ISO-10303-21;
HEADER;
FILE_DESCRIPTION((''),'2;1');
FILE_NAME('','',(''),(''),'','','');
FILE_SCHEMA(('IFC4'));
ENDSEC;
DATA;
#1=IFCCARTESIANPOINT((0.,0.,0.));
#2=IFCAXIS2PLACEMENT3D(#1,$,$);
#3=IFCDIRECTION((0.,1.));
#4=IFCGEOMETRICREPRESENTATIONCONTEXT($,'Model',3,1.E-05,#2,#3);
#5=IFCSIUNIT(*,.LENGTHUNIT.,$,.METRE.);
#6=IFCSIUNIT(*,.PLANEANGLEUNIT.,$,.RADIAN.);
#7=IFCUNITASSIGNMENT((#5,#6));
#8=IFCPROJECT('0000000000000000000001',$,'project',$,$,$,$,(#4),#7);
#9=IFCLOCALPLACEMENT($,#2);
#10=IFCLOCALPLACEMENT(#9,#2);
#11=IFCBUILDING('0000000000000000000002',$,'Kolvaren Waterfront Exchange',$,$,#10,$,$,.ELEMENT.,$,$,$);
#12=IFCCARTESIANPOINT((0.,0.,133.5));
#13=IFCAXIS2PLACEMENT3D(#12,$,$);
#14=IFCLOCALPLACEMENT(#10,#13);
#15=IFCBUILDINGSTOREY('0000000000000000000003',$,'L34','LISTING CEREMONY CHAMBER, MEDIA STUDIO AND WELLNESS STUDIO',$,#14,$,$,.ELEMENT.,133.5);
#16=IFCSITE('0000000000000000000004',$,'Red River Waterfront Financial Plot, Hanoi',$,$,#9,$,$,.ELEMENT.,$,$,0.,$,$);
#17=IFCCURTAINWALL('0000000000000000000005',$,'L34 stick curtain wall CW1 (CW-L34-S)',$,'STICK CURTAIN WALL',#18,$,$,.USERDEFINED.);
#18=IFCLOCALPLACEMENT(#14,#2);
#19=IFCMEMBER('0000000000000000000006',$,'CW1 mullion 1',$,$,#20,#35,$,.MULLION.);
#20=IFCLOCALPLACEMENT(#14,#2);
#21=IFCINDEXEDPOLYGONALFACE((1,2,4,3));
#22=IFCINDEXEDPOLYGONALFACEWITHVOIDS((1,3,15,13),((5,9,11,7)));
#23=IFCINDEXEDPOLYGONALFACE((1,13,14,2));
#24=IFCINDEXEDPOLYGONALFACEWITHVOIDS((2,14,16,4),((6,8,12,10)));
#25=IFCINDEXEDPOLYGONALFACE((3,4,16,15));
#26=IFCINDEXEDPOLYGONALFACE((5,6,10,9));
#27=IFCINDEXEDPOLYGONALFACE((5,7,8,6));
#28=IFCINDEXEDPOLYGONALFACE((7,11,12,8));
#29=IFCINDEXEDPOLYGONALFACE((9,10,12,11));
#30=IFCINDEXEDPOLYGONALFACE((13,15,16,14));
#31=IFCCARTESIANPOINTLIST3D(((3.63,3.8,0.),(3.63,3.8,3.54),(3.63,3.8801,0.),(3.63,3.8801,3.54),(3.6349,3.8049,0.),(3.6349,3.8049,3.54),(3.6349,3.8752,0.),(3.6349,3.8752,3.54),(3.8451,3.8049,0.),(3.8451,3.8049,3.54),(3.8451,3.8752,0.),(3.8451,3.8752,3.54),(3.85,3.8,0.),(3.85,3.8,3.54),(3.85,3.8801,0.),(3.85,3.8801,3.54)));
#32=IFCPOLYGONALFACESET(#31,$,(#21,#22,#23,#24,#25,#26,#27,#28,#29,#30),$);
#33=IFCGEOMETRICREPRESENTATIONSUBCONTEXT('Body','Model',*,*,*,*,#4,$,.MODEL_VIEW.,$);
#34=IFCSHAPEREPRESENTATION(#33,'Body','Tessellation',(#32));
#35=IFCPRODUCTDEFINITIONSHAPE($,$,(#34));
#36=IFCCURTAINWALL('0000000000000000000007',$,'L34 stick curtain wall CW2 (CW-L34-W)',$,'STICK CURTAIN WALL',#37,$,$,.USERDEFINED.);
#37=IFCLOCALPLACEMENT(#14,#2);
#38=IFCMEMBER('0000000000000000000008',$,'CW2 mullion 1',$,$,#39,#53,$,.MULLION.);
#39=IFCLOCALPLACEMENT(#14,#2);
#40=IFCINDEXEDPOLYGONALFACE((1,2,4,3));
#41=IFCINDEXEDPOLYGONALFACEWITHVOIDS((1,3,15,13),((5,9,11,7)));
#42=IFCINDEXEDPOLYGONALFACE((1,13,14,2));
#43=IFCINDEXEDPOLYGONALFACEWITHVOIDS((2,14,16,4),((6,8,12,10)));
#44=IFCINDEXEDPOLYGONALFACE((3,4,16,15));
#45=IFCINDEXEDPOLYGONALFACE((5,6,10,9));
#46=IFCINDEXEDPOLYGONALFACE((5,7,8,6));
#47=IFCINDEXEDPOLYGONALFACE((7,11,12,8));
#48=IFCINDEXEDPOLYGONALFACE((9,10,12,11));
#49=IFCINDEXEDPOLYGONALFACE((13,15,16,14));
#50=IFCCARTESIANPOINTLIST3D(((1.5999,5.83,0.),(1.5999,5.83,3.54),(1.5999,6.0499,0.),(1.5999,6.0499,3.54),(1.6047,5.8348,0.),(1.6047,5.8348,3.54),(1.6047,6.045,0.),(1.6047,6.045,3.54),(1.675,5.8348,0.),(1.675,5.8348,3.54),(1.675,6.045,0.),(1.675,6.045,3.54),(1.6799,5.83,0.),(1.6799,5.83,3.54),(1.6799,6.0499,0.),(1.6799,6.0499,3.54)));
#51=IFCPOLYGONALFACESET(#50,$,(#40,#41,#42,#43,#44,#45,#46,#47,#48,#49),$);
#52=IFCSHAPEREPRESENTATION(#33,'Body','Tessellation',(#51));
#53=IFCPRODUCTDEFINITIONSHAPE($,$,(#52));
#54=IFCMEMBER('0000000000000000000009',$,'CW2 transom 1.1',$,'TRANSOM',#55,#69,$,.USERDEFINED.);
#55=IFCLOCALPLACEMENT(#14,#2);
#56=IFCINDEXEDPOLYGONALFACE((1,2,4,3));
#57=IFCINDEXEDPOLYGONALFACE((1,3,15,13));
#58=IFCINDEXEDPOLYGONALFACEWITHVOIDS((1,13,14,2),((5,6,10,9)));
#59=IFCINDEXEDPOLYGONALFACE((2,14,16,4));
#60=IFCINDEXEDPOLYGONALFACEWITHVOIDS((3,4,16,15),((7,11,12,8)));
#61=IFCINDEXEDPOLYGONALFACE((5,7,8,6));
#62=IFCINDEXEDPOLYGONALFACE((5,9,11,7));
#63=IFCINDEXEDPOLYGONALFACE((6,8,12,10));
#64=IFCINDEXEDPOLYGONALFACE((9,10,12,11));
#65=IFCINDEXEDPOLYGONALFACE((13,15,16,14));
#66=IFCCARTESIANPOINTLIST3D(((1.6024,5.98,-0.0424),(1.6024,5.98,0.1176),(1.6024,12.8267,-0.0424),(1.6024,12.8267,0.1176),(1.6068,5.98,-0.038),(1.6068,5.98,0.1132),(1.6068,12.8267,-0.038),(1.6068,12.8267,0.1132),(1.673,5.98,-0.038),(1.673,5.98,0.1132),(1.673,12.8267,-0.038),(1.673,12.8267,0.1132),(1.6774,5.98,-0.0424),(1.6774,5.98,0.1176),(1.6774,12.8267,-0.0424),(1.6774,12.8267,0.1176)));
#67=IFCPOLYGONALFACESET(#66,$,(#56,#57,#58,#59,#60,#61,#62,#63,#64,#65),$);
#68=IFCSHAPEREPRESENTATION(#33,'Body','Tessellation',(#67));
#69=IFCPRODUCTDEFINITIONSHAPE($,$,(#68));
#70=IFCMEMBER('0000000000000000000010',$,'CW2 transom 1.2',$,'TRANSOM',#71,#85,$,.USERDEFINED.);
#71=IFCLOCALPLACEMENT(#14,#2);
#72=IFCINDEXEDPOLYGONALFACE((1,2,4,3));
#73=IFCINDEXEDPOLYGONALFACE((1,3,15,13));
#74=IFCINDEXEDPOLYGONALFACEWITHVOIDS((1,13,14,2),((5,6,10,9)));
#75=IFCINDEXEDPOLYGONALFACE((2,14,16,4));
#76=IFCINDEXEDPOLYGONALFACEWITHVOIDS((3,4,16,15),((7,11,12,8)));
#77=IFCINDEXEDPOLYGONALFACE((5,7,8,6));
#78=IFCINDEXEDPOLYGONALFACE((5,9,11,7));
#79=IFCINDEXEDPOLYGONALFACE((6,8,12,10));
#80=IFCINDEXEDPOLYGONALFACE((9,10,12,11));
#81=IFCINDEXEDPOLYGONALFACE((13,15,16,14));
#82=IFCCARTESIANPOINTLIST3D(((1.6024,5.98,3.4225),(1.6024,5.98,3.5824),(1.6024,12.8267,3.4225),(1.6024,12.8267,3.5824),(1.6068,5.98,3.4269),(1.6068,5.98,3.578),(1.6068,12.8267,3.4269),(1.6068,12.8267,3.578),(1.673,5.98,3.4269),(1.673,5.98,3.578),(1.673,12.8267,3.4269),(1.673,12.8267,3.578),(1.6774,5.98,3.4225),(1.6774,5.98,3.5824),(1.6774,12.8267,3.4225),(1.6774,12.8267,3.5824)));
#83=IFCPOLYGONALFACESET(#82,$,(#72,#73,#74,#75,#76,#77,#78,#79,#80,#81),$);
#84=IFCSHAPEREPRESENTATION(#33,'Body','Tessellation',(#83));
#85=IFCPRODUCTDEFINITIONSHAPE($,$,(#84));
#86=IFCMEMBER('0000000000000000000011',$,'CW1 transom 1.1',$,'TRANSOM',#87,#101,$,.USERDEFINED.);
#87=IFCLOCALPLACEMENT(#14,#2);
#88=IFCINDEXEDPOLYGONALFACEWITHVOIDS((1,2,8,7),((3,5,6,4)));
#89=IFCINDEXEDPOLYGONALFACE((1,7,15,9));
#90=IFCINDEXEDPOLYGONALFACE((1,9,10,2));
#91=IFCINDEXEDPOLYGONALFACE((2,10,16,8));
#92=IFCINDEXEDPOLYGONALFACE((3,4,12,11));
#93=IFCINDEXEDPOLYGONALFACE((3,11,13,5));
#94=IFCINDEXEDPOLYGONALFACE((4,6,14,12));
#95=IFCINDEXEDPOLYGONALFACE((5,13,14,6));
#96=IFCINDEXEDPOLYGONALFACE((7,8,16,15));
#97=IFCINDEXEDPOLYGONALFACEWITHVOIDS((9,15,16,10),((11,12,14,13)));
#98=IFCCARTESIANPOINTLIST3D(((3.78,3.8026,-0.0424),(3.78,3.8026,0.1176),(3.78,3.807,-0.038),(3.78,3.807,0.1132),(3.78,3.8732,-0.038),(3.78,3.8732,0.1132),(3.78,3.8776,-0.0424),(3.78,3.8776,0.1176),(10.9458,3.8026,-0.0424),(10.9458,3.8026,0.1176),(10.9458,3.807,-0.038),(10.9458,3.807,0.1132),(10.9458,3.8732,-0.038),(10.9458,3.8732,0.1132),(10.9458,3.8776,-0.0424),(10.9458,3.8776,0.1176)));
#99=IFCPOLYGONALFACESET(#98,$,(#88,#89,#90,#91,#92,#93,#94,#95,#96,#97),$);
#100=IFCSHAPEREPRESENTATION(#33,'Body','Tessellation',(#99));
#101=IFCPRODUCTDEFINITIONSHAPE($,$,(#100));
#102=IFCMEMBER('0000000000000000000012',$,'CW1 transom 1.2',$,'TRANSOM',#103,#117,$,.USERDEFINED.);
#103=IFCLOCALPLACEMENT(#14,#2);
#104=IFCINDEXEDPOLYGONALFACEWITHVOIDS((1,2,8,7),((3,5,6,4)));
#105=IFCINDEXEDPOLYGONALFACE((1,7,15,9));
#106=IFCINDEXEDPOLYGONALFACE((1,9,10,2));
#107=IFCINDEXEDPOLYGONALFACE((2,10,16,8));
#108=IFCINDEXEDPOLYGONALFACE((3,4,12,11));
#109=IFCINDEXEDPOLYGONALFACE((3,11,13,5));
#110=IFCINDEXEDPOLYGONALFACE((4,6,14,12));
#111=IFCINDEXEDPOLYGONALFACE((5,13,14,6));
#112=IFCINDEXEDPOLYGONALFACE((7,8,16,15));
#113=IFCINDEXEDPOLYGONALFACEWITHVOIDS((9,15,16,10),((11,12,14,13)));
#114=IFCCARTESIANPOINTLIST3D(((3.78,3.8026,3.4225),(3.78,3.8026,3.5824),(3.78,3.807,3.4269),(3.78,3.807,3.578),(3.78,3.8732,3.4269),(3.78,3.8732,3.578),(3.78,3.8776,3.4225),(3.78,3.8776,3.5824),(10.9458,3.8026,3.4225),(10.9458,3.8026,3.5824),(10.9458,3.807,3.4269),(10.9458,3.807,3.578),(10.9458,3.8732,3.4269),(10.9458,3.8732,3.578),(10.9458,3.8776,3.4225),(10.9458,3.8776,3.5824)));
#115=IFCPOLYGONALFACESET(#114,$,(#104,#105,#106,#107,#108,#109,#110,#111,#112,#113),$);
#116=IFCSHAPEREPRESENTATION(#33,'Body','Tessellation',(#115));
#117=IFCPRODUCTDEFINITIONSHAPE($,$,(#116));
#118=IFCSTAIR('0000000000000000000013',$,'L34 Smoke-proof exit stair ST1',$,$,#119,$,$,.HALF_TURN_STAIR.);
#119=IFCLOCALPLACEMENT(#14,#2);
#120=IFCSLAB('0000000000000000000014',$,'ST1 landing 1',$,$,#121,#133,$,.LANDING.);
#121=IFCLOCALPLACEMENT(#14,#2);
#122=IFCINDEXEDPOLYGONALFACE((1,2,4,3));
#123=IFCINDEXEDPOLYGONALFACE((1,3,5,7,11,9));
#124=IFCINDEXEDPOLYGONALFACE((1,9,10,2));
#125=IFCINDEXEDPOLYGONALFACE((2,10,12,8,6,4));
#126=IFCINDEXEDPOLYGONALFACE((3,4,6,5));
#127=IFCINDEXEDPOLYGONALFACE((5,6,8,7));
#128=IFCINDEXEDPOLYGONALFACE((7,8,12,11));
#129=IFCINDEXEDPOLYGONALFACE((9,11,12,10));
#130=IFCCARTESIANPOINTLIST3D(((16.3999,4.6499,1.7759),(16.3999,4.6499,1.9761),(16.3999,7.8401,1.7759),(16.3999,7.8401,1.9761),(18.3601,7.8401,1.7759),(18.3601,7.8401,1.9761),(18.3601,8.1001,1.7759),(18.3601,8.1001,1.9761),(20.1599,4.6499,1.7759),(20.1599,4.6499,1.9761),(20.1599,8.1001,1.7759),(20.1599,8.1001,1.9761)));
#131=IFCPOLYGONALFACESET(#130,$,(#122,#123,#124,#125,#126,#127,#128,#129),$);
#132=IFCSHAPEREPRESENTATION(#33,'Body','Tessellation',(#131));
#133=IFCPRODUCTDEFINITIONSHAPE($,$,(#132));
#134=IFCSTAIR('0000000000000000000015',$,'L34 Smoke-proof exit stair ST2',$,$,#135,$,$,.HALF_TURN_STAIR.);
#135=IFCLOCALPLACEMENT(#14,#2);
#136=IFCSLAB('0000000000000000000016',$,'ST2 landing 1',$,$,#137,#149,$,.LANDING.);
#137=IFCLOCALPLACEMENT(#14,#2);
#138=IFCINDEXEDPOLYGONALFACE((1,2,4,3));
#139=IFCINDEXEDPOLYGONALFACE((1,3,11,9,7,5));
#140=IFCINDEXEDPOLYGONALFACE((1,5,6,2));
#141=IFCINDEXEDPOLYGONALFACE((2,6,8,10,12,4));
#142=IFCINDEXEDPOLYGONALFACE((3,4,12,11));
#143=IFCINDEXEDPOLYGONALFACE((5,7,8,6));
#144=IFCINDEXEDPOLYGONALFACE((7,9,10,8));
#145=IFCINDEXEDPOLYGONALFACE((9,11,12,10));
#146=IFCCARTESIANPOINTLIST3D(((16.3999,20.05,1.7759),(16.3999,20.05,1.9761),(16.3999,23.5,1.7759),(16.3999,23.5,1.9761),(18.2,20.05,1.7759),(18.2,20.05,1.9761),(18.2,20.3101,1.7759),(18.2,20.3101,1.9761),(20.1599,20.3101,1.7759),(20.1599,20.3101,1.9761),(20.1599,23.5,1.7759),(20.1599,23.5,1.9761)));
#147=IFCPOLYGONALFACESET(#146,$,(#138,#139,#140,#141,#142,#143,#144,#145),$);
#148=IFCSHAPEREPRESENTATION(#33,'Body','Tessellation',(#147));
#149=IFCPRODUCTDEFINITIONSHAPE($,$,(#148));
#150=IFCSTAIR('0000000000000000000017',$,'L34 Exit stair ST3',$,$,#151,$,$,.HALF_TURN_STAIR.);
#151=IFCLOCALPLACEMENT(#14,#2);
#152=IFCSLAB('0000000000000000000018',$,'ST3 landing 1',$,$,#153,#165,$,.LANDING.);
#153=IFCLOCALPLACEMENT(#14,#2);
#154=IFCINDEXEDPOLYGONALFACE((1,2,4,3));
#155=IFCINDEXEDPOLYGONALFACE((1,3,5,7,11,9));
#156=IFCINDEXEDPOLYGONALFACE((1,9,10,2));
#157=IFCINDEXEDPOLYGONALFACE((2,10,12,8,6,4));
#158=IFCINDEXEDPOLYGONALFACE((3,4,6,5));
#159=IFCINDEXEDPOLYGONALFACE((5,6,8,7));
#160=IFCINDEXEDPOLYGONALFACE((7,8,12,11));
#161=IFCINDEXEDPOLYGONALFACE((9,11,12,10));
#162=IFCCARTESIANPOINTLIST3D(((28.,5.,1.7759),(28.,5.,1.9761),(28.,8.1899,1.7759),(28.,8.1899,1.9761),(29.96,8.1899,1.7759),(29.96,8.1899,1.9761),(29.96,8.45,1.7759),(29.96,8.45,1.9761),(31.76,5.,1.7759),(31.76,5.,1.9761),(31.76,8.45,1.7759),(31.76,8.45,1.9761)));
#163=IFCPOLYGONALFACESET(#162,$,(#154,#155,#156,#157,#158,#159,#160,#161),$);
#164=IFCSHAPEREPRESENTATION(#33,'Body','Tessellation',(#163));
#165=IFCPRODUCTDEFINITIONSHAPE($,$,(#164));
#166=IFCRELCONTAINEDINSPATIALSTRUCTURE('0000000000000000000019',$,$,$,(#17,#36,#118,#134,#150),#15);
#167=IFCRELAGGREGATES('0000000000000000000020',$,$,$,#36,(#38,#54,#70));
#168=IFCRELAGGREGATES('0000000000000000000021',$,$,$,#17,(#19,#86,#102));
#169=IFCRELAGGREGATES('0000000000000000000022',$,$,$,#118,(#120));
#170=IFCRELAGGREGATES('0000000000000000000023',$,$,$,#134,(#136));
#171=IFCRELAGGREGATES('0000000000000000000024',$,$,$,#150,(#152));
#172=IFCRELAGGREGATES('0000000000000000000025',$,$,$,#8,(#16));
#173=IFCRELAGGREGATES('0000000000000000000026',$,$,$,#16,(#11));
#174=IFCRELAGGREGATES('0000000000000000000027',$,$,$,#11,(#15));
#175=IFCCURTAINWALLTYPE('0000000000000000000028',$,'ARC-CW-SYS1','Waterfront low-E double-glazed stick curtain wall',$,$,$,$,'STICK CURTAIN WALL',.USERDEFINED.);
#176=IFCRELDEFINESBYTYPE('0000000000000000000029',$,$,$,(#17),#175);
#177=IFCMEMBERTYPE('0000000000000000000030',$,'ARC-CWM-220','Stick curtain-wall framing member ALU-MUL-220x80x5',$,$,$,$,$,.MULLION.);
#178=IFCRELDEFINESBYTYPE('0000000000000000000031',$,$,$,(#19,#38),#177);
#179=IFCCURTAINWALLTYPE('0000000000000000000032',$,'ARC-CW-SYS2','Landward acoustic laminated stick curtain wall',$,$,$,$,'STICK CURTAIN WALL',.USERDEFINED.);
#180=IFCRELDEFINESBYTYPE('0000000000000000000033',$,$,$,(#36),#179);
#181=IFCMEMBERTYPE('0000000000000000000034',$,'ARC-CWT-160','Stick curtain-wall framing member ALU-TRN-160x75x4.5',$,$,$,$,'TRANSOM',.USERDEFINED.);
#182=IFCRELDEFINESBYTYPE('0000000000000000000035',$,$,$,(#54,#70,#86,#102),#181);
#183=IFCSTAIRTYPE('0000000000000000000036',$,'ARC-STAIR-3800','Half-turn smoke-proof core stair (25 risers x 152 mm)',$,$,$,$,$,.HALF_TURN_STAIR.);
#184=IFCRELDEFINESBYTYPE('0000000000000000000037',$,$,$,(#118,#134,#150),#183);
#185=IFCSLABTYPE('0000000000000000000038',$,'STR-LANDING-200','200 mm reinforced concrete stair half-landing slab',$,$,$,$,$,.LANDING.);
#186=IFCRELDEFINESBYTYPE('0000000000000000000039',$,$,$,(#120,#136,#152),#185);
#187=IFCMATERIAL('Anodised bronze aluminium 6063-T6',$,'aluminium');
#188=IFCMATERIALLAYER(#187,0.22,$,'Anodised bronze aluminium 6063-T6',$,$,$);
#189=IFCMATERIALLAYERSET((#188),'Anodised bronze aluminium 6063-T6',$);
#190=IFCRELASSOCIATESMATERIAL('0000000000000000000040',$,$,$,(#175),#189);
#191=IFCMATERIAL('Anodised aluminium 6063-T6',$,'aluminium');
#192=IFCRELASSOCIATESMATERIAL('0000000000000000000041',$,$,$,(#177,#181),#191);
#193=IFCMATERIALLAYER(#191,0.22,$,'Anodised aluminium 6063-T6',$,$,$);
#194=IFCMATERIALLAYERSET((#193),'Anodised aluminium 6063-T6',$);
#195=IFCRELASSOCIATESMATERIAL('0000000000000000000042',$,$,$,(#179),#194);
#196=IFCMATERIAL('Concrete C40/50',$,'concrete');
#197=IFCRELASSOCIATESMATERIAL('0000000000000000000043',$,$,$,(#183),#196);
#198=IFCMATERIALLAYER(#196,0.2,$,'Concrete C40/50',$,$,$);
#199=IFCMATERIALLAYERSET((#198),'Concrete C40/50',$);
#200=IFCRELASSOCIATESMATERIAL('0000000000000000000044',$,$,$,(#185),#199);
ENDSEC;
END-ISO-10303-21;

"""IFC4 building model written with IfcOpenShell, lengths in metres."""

from ifc_helpers import new_model, si_unit, direction, frame, origin, origin_with_axes, origin_2d, place, context, subcontext, project, spatial, polyline, hollow_rectangle, outline, extrude, source, transform, mapped, material, layer, layer_set, material_profile, profile_set, type_object, element, aggregate, save


model = new_model("IFC4")

# Units and contexts
model_context = context("Model", 3, precision=1e-05, world=origin(), true_north=direction((0.0, 1.0)))
body_context = subcontext(model_context, "Body", "Model", "MODEL_VIEW")
ifc_project = project(units=[si_unit("LENGTHUNIT", "METRE"), si_unit("PLANEANGLEUNIT", "RADIAN")], contexts=[model_context])

# Site, building, storey
site_placement = place(None, origin())
site = spatial("IfcSite", under=ifc_project, at=site_placement, Name="Red River Waterfront Financial Plot, Hanoi", CompositionType="ELEMENT", RefElevation=0.0)
building_placement = place(site_placement, origin())
building = spatial("IfcBuilding", under=site, at=building_placement, Name="Kolvaren Waterfront Exchange", CompositionType="ELEMENT")
storey_placement = place(building_placement, frame((0.0, 0.0, 133.5)))
storey = spatial("IfcBuildingStorey", under=building, at=storey_placement, Name="L34", Description="LISTING CEREMONY CHAMBER, MEDIA STUDIO AND WELLNESS STUDIO", CompositionType="ELEMENT", Elevation=133.5)

# Curtain wall, member
ifc_material_1 = material(Name="Anodised bronze aluminium 6063-T6", Category="aluminium")
ifc_layer_1 = layer(ifc_material_1, 0.22, Name="Anodised bronze aluminium 6063-T6")
ifc_layer_set_1 = layer_set([ifc_layer_1], Name="Anodised bronze aluminium 6063-T6")
curtain_wall_type_1 = type_object("IfcCurtainWallType", Name="ARC-CW-SYS1", Description="Waterfront low-E double-glazed stick curtain wall", ElementType="STICK CURTAIN WALL", PredefinedType="USERDEFINED", material=ifc_layer_set_1)
curtain_wall_1_placement = place(storey_placement, origin())
curtain_wall_1 = element("IfcCurtainWall", 1, at=curtain_wall_1_placement, inside=storey, type_object=curtain_wall_type_1, Name="L34 stick curtain wall CW1 (CW-L34-S)", ObjectType="STICK CURTAIN WALL", PredefinedType="USERDEFINED")
ifc_material_2 = material(Name="Anodised aluminium 6063-T6", Category="aluminium")
ifc_material_profile_1 = material_profile(ifc_material_2, hollow_rectangle(XDim=0.0801, YDim=0.22, WallThickness=0.0049, at=origin_2d()), Name="ALU-MUL-220x80x5")
ifc_profile_set_1 = profile_set([ifc_material_profile_1], Name="Anodised aluminium 6063-T6")
member_type_1 = type_object("IfcMemberType", Name="ARC-CWM-220", Description="Stick curtain-wall framing member ALU-MUL-220x80x5", PredefinedType="MULLION", material=ifc_profile_set_1)
shared_shape_1 = source(origin_with_axes(), body_context, "Body", "SweptSolid", [
    extrude(hollow_rectangle(XDim=0.0801, YDim=0.22, WallThickness=0.0049, at=origin_2d()), origin(), (0.0, 0.0, 1.0), 3.54),
])
member_1_placement = place(storey_placement, frame((3.74, 3.8401, 0.0), z_axis=(0.0, 0.0, 1.0), x_axis=(0.0, 1.0, 0.0)))
member_1 = element("IfcMember", 2, at=member_1_placement, type_object=member_type_1, Name="CW1 mullion 1", PredefinedType="MULLION", context=body_context, shape_type="MappedRepresentation", body=[
    mapped(shared_shape_1, transform((0.0, 0.0, 0.0), x_axis=(1.0, 0.0, 0.0), y_axis=(0.0, 1.0, 0.0), z_axis=(0.0, 0.0, 1.0), scale=1.0)),
])

# Curtain wall, members
ifc_layer_2 = layer(ifc_material_2, 0.22, Name="Anodised aluminium 6063-T6")
ifc_layer_set_2 = layer_set([ifc_layer_2], Name="Anodised aluminium 6063-T6")
curtain_wall_type_2 = type_object("IfcCurtainWallType", Name="ARC-CW-SYS2", Description="Landward acoustic laminated stick curtain wall", ElementType="STICK CURTAIN WALL", PredefinedType="USERDEFINED", material=ifc_layer_set_2)
curtain_wall_2_placement = place(storey_placement, origin())
curtain_wall_2 = element("IfcCurtainWall", 3, at=curtain_wall_2_placement, inside=storey, type_object=curtain_wall_type_2, Name="L34 stick curtain wall CW2 (CW-L34-W)", ObjectType="STICK CURTAIN WALL", PredefinedType="USERDEFINED")
member_2_placement = place(storey_placement, frame((1.6399, 5.9399, 0.0), z_axis=(0.0, 0.0, 1.0), x_axis=(-1.0, 0.0, 0.0)))
member_2 = element("IfcMember", 4, at=member_2_placement, type_object=member_type_1, Name="CW2 mullion 1", PredefinedType="MULLION", context=body_context, shape_type="MappedRepresentation", body=[
    mapped(shared_shape_1, transform((0.0, 0.0, 0.0), x_axis=(1.0, 0.0, 0.0), y_axis=(0.0, 1.0, 0.0), z_axis=(0.0, 0.0, 1.0), scale=1.0)),
])
ifc_material_profile_2 = material_profile(ifc_material_2, hollow_rectangle(XDim=0.075, YDim=0.1599, WallThickness=0.0044, at=origin_2d()), Name="ALU-TRN-160x75x4.5")
ifc_profile_set_2 = profile_set([ifc_material_profile_2], Name="Anodised aluminium 6063-T6")
member_type_2 = type_object("IfcMemberType", Name="ARC-CWT-160", Description="Stick curtain-wall framing member ALU-TRN-160x75x4.5", ElementType="TRANSOM", PredefinedType="USERDEFINED", material=ifc_profile_set_2)
shared_shape_2 = source(origin_with_axes(), body_context, "Body", "SweptSolid", [
    extrude(hollow_rectangle(XDim=0.075, YDim=0.1599, WallThickness=0.0044, at=origin_2d()), origin(), (0.0, 0.0, 1.0), 6.8467),
])
member_3_placement = place(storey_placement, frame((1.6399, 5.98, 0.0376), z_axis=(0.0, 1.0, 0.0), x_axis=(-1.0, 0.0, 0.0)))
member_3 = element("IfcMember", 5, at=member_3_placement, type_object=member_type_2, Name="CW2 transom 1.1", ObjectType="TRANSOM", PredefinedType="USERDEFINED", context=body_context, shape_type="MappedRepresentation", body=[
    mapped(shared_shape_2, transform((0.0, 0.0, 0.0), x_axis=(1.0, 0.0, 0.0), y_axis=(0.0, 1.0, 0.0), z_axis=(0.0, 0.0, 1.0), scale=1.0)),
])
member_4_placement = place(storey_placement, frame((1.6399, 5.98, 3.5024), z_axis=(0.0, 1.0, 0.0), x_axis=(-1.0, 0.0, 0.0)))
member_4 = element("IfcMember", 6, at=member_4_placement, type_object=member_type_2, Name="CW2 transom 1.2", ObjectType="TRANSOM", PredefinedType="USERDEFINED", context=body_context, shape_type="MappedRepresentation", body=[
    mapped(shared_shape_2, transform((0.0, 0.0, 0.0), x_axis=(1.0, 0.0, 0.0), y_axis=(0.0, 1.0, 0.0), z_axis=(0.0, 0.0, 1.0), scale=1.0)),
])
aggregate(curtain_wall_2, [member_2, member_3, member_4])

# Members
shared_shape_3 = source(origin_with_axes(), body_context, "Body", "SweptSolid", [
    extrude(hollow_rectangle(XDim=0.075, YDim=0.1599, WallThickness=0.0044, at=origin_2d()), origin(), (0.0, 0.0, 1.0), 7.1658),
])
member_5_placement = place(storey_placement, frame((3.78, 3.8401, 0.0376), z_axis=(1.0, 0.0, 0.0), x_axis=(0.0, 1.0, 0.0)))
member_5 = element("IfcMember", 7, at=member_5_placement, type_object=member_type_2, Name="CW1 transom 1.1", ObjectType="TRANSOM", PredefinedType="USERDEFINED", context=body_context, shape_type="MappedRepresentation", body=[
    mapped(shared_shape_3, transform((0.0, 0.0, 0.0), x_axis=(1.0, 0.0, 0.0), y_axis=(0.0, 1.0, 0.0), z_axis=(0.0, 0.0, 1.0), scale=1.0)),
])
member_6_placement = place(storey_placement, frame((3.78, 3.8401, 3.5024), z_axis=(1.0, 0.0, 0.0), x_axis=(0.0, 1.0, 0.0)))
member_6 = element("IfcMember", 8, at=member_6_placement, type_object=member_type_2, Name="CW1 transom 1.2", ObjectType="TRANSOM", PredefinedType="USERDEFINED", context=body_context, shape_type="MappedRepresentation", body=[
    mapped(shared_shape_3, transform((0.0, 0.0, 0.0), x_axis=(1.0, 0.0, 0.0), y_axis=(0.0, 1.0, 0.0), z_axis=(0.0, 0.0, 1.0), scale=1.0)),
])
aggregate(curtain_wall_1, [member_1, member_5, member_6])

# Stairs, slabs
ifc_material_3 = material(Name="Concrete C40/50", Category="concrete")
stair_type = type_object("IfcStairType", Name="ARC-STAIR-3800", Description="Half-turn smoke-proof core stair (25 risers x 152 mm)", PredefinedType="HALF_TURN_STAIR", material=ifc_material_3)
stair_1_placement = place(storey_placement, origin())
stair_1 = element("IfcStair", 9, at=stair_1_placement, inside=storey, type_object=stair_type, Name="L34 Smoke-proof exit stair ST1", PredefinedType="HALF_TURN_STAIR")
ifc_layer_3 = layer(ifc_material_3, 0.2, Name="Concrete C40/50")
ifc_layer_set_3 = layer_set([ifc_layer_3], Name="Concrete C40/50")
slab_type_1 = type_object("IfcSlabType", Name="STR-LANDING-200", Description="200 mm reinforced concrete stair half-landing slab", PredefinedType="LANDING", material=ifc_layer_set_3)
slab_1_placement = place(storey_placement, frame((0.0, 0.0, 1.7759)))
slab_1 = element("IfcSlab", 10, at=slab_1_placement, type_object=slab_type_1, Name="ST1 landing 1", PredefinedType="LANDING", context=body_context, shape_type="SweptSolid", body=[
    extrude(outline(polyline([(16.3999, 7.8401), (16.3999, 4.6499), (20.1599, 4.6499), (20.1599, 8.1001), (18.3601, 8.1001), (18.3601, 7.8401), (16.3999, 7.8401)])), origin(), (0.0, 0.0, 1.0), 0.2002),
])
aggregate(stair_1, [slab_1])
stair_2_placement = place(storey_placement, origin())
stair_2 = element("IfcStair", 11, at=stair_2_placement, inside=storey, type_object=stair_type, Name="L34 Smoke-proof exit stair ST2", PredefinedType="HALF_TURN_STAIR")
slab_2_placement = place(storey_placement, frame((0.0, 0.0, 1.7759)))
slab_2 = element("IfcSlab", 12, at=slab_2_placement, type_object=slab_type_1, Name="ST2 landing 1", PredefinedType="LANDING", context=body_context, shape_type="SweptSolid", body=[
    extrude(outline(polyline([(20.1599, 20.3101), (20.1599, 23.5), (16.3999, 23.5), (16.3999, 20.05), (18.2, 20.05), (18.2, 20.3101), (20.1599, 20.3101)])), origin(), (0.0, 0.0, 1.0), 0.2002),
])
aggregate(stair_2, [slab_2])
stair_3_placement = place(storey_placement, origin())
stair_3 = element("IfcStair", 13, at=stair_3_placement, inside=storey, type_object=stair_type, Name="L34 Exit stair ST3", PredefinedType="HALF_TURN_STAIR")
slab_3_placement = place(storey_placement, frame((0.0, 0.0, 1.7759)))
slab_3 = element("IfcSlab", 14, at=slab_3_placement, type_object=slab_type_1, Name="ST3 landing 1", PredefinedType="LANDING", context=body_context, shape_type="SweptSolid", body=[
    extrude(outline(polyline([(28.0, 8.1899), (28.0, 5.0), (31.76, 5.0), (31.76, 8.45), (29.96, 8.45), (29.96, 8.1899), (28.0, 8.1899)])), origin(), (0.0, 0.0, 1.0), 0.2002),
])
aggregate(stair_3, [slab_3])

save(model, "model.ifc")
